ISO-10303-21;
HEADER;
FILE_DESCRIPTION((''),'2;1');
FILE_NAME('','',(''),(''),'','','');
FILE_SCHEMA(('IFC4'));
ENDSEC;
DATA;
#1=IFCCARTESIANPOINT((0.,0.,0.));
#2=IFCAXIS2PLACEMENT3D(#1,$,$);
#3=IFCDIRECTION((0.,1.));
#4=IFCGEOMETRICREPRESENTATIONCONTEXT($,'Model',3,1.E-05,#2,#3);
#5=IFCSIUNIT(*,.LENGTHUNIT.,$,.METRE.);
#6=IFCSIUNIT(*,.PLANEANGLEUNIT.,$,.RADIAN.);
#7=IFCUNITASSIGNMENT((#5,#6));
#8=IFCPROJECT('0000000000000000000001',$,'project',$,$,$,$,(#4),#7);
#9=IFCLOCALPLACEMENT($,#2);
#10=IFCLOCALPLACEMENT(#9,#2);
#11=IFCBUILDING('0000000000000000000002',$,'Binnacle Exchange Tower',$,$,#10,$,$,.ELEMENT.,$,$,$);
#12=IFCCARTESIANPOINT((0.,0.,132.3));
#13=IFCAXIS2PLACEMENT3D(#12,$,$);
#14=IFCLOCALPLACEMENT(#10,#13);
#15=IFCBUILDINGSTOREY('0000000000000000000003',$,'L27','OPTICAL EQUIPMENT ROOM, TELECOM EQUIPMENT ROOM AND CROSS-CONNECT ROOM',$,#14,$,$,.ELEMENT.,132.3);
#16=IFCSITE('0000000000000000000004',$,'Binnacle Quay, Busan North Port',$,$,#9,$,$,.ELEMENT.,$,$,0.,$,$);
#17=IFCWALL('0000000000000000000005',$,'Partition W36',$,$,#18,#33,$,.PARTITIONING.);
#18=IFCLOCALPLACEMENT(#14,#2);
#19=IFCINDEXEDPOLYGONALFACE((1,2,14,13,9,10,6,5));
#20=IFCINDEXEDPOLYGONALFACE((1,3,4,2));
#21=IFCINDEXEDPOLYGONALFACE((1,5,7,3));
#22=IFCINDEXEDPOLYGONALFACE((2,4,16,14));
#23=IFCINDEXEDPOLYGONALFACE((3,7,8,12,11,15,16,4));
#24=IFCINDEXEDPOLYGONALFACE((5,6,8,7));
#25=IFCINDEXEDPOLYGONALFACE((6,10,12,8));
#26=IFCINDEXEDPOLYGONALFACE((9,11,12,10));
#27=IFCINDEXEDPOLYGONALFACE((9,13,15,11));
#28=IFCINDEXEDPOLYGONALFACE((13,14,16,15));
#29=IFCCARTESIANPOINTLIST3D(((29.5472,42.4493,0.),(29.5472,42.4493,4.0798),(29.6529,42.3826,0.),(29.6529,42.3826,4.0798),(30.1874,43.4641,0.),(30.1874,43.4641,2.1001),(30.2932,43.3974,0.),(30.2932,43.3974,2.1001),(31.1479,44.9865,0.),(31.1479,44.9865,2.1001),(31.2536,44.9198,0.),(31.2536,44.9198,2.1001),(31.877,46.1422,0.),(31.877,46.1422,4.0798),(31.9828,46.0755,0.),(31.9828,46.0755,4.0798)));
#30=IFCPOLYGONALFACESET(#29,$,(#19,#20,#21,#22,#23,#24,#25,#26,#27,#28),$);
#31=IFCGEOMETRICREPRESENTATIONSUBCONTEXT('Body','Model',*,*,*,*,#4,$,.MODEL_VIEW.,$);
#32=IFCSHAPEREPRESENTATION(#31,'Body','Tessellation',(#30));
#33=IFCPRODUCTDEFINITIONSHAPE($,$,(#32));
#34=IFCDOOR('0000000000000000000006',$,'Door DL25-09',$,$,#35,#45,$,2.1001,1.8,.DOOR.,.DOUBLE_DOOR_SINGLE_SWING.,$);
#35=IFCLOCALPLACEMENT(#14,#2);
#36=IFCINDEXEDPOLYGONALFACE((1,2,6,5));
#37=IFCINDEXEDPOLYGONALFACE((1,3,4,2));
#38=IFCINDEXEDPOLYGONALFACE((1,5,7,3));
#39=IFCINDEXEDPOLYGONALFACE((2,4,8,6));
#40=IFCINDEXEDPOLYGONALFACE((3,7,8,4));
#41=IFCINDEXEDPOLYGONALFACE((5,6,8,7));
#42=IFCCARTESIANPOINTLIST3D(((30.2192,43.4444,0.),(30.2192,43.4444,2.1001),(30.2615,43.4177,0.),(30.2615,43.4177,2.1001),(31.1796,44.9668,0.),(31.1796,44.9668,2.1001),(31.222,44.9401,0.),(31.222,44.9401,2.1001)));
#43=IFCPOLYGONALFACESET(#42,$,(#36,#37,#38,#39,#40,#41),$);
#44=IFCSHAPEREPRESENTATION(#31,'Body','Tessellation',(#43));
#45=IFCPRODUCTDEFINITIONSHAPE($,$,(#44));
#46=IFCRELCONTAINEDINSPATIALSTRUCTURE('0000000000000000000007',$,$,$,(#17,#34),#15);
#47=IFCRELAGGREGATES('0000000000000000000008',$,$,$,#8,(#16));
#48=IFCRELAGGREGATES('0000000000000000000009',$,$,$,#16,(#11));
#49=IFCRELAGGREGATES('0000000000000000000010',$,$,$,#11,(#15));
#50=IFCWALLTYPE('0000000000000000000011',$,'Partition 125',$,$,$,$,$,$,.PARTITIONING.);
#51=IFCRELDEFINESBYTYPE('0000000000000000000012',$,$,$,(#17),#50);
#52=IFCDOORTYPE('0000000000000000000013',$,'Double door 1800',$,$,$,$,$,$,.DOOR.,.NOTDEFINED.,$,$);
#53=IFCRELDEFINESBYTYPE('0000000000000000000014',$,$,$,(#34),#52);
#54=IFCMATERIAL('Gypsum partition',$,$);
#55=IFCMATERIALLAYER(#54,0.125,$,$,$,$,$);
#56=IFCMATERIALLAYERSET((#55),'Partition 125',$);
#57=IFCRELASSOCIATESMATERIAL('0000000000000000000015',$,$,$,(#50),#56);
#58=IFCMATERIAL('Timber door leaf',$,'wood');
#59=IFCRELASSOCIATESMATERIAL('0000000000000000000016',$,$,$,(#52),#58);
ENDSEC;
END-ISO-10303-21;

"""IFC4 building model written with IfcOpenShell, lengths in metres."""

from ifc_helpers import new_model, si_unit, direction, frame, frame_2d, origin, place, context, subcontext, project, spatial, rectangle, extrude, material, layer, layer_set, type_object, element, fill, save


model = new_model("IFC4")

# Units and contexts
model_context = context("Model", 3, precision=1e-05, world=origin(), true_north=direction((0.0, 1.0)))
body_context = subcontext(model_context, "Body", "Model", "MODEL_VIEW")
ifc_project = project(units=[si_unit("LENGTHUNIT", "METRE"), si_unit("PLANEANGLEUNIT", "RADIAN")], contexts=[model_context])

# Site, building, storey
site_placement = place(None, origin())
site = spatial("IfcSite", under=ifc_project, at=site_placement, Name="Binnacle Quay, Busan North Port", CompositionType="ELEMENT", RefElevation=0.0)
building_placement = place(site_placement, origin())
building = spatial("IfcBuilding", under=site, at=building_placement, Name="Binnacle Exchange Tower", CompositionType="ELEMENT")
storey_placement = place(building_placement, frame((0.0, 0.0, 132.3)))
storey = spatial("IfcBuildingStorey", under=building, at=storey_placement, Name="L27", Description="OPTICAL EQUIPMENT ROOM, TELECOM EQUIPMENT ROOM AND CROSS-CONNECT ROOM", CompositionType="ELEMENT", Elevation=132.3)

# Shared definitions
ifc_material_1 = material(Name="Gypsum partition")
ifc_layer_1 = layer(ifc_material_1, 0.125)
ifc_layer_set_1 = layer_set([ifc_layer_1], Name="Partition 125")
wall_type_1 = type_object("IfcWallType", Name="Partition 125", PredefinedType="PARTITIONING", material=ifc_layer_set_1)

# Wall, opening, door
wall_1_placement = place(storey_placement, frame((29.6001, 42.416, 0.0), z_axis=(0.0, 0.0, 1.0), x_axis=(0.533583, 0.845748, 0.0)))
wall_1 = element("IfcWall", 1, at=wall_1_placement, inside=storey, type_object=wall_type_1, Name="Partition W36", PredefinedType="PARTITIONING", context=body_context, shape_type="SweptSolid", body=[
    extrude(rectangle(XDim=4.3665, YDim=0.125, at=frame_2d((2.1831, 0.0))), origin(), (0.0, 0.0, 1.0), 4.0798),
])
opening_1_placement = place(wall_1_placement, frame((1.2, 0.0, 0.0)))
opening_1 = element("IfcOpeningElement", 2, at=opening_1_placement, cuts=wall_1, PredefinedType="OPENING", context=body_context, shape_type="SweptSolid", body=[
    extrude(rectangle(XDim=1.8, YDim=2.1001, at=frame_2d((0.8999, 1.05))), frame((0.0, 0.0725, 0.0), z_axis=(0.0, -1.0, 0.0), x_axis=(1.0, 0.0, 0.0)), (0.0, 0.0, 1.0), 0.145),
])
ifc_material_2 = material(Name="Timber door leaf", Category="wood")
door_type_1 = type_object("IfcDoorType", Name="Double door 1800", OperationType="NOTDEFINED", PredefinedType="DOOR", material=ifc_material_2)
door_1_placement = place(opening_1_placement, frame((1.8, 0.0, 0.0), z_axis=(0.0, 0.0, 1.0), x_axis=(-1.0, 0.0, 0.0)))
door_1 = element("IfcDoor", 3, at=door_1_placement, inside=storey, type_object=door_type_1, Name="Door DL25-09", OperationType="DOUBLE_DOOR_SINGLE_SWING", OverallHeight=2.1001, OverallWidth=1.8, PredefinedType="DOOR", context=body_context, shape_type="SweptSolid", body=[
    extrude(rectangle(XDim=1.8, YDim=2.1001, at=frame_2d((0.8999, 1.05))), frame((0.0, 0.0249, 0.0), z_axis=(0.0, -1.0, 0.0), x_axis=(1.0, 0.0, 0.0)), (0.0, 0.0, 1.0), 0.05),
])
fill(opening_1, door_1)

save(model, "model.ifc")
